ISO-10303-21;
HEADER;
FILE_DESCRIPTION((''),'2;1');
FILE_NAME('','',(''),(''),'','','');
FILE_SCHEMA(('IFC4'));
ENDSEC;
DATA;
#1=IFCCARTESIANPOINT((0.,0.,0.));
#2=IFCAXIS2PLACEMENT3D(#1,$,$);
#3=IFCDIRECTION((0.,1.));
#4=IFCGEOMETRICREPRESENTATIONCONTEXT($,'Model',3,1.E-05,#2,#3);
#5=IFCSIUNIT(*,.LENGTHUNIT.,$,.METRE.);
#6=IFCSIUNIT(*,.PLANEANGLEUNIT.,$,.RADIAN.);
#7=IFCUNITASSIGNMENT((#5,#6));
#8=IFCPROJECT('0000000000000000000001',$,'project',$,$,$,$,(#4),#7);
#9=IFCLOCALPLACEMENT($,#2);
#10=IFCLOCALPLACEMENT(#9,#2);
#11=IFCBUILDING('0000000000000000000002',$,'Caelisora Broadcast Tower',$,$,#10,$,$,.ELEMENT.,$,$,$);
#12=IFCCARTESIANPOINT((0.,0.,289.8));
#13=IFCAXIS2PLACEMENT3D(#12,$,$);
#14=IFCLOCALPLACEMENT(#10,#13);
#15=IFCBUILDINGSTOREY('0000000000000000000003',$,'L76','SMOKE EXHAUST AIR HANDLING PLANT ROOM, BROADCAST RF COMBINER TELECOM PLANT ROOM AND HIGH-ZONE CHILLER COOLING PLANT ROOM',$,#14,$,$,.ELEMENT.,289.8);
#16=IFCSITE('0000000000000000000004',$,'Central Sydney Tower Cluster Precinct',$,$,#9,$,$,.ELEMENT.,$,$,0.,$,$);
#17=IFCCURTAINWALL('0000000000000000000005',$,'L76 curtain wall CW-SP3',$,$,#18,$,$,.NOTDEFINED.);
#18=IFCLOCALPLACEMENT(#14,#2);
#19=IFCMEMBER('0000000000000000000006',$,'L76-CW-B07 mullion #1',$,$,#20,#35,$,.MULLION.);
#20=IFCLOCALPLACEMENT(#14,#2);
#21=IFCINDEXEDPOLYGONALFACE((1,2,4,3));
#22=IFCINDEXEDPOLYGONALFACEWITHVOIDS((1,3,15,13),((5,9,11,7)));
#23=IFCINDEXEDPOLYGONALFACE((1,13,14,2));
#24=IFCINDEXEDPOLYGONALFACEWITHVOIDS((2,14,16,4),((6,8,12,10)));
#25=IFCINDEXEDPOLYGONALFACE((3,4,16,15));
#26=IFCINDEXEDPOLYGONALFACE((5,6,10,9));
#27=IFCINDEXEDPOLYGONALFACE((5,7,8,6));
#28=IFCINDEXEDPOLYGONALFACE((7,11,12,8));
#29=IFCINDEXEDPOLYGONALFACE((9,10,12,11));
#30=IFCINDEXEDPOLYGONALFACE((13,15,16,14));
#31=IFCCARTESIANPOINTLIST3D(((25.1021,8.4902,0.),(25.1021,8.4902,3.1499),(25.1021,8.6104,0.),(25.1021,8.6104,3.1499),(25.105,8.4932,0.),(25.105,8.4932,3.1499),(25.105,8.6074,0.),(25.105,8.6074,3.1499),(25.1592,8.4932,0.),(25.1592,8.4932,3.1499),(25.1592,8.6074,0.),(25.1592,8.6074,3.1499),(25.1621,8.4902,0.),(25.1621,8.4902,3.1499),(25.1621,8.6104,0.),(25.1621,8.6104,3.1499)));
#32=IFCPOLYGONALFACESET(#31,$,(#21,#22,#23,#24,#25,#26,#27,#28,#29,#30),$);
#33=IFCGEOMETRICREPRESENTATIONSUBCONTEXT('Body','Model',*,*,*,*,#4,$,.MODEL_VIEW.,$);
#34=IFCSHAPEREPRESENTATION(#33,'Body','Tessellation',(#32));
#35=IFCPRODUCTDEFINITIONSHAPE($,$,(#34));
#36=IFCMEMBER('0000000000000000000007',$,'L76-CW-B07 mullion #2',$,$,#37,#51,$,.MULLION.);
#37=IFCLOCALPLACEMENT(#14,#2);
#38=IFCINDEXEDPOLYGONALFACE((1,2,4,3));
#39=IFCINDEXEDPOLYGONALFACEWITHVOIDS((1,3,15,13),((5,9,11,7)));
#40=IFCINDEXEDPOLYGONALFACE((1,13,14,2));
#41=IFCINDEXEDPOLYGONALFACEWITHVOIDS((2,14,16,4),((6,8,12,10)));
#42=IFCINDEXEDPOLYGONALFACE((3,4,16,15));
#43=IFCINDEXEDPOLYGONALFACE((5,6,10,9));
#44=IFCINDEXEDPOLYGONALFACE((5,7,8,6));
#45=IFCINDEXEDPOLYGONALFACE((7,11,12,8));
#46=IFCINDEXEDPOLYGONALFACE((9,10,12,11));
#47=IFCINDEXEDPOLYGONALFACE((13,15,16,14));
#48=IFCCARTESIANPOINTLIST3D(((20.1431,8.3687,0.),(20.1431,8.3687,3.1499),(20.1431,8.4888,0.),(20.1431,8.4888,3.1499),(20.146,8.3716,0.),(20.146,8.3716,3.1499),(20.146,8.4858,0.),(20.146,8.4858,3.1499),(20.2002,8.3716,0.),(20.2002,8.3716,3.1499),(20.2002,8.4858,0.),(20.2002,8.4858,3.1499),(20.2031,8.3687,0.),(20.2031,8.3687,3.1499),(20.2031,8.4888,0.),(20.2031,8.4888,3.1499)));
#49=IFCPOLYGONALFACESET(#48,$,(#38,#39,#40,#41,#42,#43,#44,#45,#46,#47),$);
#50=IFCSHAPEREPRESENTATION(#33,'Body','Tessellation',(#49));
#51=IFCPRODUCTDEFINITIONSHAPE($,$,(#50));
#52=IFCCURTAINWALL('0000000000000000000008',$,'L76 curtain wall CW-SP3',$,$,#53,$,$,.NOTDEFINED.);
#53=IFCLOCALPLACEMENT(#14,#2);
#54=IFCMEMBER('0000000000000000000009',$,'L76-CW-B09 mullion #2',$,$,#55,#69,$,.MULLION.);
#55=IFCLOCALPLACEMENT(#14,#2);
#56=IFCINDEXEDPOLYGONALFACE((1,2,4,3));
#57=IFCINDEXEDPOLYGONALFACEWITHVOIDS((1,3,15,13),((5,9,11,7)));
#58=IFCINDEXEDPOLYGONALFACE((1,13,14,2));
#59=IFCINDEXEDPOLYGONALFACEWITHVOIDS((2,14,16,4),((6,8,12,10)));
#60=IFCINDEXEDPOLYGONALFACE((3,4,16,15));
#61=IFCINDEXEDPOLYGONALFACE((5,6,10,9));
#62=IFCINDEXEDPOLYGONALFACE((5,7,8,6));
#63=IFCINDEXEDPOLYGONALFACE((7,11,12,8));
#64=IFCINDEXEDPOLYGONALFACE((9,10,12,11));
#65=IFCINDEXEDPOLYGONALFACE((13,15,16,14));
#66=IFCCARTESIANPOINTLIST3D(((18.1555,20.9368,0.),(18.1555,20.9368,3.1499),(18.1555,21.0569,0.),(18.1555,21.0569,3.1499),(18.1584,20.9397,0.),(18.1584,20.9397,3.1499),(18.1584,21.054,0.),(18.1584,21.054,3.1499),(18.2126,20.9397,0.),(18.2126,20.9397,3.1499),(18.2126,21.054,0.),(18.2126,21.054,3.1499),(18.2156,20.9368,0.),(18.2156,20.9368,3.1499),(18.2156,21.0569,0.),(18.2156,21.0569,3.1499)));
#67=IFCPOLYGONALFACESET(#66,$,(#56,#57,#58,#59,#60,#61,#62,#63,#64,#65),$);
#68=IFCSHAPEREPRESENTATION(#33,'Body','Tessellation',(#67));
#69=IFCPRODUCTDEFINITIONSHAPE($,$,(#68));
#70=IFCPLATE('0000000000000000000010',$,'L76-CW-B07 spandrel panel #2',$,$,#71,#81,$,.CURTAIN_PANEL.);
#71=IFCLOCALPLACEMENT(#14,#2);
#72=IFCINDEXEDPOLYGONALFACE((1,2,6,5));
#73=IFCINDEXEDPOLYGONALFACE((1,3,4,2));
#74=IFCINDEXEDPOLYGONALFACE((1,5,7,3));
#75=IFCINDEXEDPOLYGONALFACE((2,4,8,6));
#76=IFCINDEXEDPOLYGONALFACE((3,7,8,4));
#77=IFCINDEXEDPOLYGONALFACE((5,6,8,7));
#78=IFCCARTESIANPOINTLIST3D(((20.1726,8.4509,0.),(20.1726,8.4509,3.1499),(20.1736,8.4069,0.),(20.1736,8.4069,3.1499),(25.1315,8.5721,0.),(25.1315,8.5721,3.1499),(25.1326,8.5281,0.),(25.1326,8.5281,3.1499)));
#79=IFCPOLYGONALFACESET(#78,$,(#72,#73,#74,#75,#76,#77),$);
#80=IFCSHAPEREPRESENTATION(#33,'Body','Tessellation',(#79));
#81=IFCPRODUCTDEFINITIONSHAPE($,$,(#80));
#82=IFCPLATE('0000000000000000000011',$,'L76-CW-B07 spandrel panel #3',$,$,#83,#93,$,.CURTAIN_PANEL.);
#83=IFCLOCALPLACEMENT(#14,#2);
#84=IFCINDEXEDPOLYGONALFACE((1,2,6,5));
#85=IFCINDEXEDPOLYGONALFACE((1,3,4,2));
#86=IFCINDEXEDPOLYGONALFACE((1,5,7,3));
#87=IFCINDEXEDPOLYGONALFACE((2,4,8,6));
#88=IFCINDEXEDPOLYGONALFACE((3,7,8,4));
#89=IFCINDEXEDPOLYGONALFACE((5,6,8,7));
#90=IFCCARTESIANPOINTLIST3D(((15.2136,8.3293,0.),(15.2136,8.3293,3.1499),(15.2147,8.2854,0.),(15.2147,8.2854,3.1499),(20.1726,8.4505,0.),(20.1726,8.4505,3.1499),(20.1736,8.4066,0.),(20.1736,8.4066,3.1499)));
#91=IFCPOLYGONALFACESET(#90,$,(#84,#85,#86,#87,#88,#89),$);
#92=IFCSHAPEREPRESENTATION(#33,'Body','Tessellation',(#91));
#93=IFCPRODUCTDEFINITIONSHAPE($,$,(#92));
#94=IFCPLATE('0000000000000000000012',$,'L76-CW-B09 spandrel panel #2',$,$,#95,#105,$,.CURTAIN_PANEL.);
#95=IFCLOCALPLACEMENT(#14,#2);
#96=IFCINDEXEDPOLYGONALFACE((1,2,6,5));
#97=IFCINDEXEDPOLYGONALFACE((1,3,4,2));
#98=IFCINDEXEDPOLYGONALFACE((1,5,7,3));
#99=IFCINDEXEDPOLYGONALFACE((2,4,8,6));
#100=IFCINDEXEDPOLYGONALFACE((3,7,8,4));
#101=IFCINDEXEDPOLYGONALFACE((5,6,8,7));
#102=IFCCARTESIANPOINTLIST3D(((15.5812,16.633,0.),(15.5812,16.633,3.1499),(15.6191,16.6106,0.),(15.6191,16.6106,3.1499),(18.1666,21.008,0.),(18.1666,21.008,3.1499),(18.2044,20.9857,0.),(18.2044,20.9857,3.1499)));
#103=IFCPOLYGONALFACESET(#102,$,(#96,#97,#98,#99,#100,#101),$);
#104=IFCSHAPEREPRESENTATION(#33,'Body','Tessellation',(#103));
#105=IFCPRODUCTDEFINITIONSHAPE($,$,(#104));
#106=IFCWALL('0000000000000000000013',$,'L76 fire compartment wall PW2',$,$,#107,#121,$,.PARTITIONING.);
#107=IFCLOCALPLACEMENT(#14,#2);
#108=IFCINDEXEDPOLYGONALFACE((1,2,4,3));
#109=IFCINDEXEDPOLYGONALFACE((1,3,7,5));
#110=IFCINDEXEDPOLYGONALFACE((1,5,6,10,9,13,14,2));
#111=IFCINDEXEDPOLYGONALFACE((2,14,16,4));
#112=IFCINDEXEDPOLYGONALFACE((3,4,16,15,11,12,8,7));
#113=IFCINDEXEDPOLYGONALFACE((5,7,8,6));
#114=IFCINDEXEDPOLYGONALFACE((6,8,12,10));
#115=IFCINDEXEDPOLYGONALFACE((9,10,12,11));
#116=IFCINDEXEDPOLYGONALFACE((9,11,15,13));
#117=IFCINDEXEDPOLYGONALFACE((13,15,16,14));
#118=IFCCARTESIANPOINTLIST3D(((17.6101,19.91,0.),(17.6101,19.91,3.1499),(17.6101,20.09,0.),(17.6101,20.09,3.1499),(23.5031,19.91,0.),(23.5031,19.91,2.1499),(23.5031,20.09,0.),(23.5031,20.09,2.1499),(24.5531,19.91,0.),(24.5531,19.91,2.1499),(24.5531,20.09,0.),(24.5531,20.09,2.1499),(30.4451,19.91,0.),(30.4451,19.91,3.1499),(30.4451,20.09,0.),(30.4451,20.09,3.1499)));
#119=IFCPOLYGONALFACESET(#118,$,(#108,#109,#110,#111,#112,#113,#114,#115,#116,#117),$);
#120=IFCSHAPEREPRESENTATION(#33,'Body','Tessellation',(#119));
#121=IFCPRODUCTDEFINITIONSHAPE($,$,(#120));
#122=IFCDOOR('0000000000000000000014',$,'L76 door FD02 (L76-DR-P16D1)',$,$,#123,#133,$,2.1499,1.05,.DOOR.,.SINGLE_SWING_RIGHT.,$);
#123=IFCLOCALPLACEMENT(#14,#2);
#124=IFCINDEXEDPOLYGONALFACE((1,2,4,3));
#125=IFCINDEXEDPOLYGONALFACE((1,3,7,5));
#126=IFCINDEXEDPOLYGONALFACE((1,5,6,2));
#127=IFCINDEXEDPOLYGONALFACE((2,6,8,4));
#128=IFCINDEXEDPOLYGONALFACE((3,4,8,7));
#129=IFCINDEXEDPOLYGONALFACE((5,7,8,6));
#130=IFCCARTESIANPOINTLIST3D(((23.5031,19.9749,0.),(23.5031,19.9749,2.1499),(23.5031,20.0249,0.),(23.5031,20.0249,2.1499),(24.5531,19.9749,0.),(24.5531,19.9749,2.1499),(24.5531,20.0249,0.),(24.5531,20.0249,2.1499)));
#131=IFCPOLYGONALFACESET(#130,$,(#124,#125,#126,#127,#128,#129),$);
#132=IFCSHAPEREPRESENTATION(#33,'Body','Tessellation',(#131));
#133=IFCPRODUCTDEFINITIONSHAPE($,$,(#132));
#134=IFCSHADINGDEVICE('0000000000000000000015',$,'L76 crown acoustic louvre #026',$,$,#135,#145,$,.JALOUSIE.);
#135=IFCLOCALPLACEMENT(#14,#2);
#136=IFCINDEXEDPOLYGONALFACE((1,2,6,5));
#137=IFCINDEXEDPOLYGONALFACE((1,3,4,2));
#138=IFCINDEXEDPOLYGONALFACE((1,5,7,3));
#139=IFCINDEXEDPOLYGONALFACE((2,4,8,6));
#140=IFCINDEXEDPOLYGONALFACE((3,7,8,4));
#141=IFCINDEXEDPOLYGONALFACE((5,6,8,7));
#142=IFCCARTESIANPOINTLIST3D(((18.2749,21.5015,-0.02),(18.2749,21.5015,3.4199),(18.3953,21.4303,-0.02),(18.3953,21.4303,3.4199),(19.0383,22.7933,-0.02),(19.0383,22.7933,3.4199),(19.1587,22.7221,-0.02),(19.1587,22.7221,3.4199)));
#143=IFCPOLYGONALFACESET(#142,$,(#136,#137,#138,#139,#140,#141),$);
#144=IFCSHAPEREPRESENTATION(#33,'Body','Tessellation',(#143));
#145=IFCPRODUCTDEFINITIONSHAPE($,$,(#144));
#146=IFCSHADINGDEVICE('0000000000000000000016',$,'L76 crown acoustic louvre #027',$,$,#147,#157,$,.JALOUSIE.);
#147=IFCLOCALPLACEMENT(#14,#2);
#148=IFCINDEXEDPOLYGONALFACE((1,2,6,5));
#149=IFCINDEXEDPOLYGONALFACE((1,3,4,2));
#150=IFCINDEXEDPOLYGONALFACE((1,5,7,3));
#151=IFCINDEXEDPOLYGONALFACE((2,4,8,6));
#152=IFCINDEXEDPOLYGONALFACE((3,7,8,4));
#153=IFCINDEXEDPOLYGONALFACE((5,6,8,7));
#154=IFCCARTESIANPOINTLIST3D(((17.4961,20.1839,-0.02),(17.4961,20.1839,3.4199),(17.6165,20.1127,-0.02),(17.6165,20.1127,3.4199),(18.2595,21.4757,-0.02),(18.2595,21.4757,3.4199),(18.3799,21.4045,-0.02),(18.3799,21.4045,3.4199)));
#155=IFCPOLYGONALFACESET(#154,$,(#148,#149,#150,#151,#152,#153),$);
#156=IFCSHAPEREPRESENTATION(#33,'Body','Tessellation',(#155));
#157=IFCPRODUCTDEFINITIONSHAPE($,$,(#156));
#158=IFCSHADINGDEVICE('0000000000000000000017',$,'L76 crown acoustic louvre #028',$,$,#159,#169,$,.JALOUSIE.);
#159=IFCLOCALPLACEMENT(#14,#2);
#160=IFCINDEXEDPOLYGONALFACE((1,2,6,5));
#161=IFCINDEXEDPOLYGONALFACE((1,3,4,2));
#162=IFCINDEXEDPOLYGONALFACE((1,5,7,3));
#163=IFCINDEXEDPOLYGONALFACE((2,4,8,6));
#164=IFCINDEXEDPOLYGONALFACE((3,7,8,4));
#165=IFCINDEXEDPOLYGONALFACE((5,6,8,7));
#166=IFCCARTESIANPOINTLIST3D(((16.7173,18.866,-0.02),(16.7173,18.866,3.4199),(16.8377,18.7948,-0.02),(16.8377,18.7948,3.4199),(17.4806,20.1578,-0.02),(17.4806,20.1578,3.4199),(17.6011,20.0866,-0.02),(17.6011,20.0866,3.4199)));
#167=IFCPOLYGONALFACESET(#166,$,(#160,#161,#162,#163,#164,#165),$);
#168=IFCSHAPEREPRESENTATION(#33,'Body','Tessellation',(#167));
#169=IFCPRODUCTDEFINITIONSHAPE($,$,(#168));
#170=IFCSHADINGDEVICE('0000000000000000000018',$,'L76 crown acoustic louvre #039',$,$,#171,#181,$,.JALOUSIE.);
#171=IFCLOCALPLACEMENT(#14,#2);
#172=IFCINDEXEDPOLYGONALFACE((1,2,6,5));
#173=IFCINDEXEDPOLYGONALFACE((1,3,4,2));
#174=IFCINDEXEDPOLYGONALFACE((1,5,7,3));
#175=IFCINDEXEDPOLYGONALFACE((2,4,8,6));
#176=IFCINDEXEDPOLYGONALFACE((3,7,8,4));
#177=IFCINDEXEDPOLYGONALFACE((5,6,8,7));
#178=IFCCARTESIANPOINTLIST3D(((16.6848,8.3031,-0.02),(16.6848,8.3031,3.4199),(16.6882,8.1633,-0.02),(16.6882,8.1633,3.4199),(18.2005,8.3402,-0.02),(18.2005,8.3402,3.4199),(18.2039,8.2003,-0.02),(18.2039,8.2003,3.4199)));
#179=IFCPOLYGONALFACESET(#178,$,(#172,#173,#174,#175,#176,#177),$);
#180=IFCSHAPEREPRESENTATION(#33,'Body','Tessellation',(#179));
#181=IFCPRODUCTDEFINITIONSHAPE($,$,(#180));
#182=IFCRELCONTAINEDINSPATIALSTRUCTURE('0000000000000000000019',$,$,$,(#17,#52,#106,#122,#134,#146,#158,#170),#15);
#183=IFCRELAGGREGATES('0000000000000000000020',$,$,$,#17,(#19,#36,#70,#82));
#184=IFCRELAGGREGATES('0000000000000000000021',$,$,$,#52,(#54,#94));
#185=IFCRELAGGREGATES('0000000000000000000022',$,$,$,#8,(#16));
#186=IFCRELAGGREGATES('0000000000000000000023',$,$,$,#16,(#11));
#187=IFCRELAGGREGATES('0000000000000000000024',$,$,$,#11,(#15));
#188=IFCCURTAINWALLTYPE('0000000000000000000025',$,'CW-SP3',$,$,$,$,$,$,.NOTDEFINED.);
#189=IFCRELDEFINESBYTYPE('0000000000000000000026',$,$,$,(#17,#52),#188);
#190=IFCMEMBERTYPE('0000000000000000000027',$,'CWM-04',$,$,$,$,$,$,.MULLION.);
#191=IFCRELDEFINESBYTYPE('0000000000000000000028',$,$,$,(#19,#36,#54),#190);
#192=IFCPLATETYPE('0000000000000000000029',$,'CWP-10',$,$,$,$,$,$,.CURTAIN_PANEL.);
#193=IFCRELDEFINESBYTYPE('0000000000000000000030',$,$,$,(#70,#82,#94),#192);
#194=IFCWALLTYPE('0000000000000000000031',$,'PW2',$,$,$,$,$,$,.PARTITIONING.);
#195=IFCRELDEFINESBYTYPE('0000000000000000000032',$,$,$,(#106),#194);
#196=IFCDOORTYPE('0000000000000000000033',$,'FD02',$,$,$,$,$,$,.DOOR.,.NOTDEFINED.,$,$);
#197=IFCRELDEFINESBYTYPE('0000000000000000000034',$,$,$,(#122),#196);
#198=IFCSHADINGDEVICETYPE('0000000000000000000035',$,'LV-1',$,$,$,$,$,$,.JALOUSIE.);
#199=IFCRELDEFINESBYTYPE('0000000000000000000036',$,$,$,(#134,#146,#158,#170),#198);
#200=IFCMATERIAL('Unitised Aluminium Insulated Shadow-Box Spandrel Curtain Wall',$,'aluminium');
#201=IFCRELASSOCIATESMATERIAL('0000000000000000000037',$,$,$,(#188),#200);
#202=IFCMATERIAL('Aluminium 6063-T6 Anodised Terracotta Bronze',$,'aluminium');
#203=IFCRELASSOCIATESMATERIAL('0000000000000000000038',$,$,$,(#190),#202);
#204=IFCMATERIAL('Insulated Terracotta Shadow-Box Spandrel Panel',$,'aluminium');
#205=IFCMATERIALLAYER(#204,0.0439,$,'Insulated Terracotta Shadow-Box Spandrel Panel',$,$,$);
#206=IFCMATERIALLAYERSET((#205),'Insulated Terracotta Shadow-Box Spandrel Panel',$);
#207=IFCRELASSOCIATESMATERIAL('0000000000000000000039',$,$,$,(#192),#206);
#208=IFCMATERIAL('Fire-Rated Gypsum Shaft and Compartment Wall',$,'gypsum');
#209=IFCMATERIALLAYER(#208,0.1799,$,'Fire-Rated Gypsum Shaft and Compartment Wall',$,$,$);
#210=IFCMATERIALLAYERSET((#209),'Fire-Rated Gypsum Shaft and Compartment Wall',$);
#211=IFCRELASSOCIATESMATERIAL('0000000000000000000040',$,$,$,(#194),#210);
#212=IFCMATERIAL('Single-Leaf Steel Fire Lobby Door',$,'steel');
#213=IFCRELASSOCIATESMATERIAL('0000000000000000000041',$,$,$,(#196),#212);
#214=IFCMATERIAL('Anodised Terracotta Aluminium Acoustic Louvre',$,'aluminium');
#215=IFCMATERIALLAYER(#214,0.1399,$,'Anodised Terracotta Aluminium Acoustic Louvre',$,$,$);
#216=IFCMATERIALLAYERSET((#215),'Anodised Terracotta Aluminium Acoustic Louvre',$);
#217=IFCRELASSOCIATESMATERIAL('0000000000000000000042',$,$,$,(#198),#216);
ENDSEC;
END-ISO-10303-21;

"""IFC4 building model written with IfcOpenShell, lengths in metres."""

from ifc_helpers import new_model, si_unit, direction, frame, frame_2d, origin, origin_2d, place, context, subcontext, project, spatial, rectangle, hollow_rectangle, extrude, source, transform, mapped, material, layer, layer_set, material_profile, profile_set, type_object, type_shapes, element, fill, aggregate, save


model = new_model("IFC4")

# Units and contexts
model_context = context("Model", 3, precision=1e-05, world=origin(), true_north=direction((0.0, 1.0)))
body_context = subcontext(model_context, "Body", "Model", "MODEL_VIEW")
ifc_project = project(units=[si_unit("LENGTHUNIT", "METRE"), si_unit("PLANEANGLEUNIT", "RADIAN")], contexts=[model_context])

# Site, building, storey
site_placement = place(None, origin())
site = spatial("IfcSite", under=ifc_project, at=site_placement, Name="Central Sydney Tower Cluster Precinct", CompositionType="ELEMENT", RefElevation=0.0)
building_placement = place(site_placement, origin())
building = spatial("IfcBuilding", under=site, at=building_placement, Name="Caelisora Broadcast Tower", CompositionType="ELEMENT")
storey_placement = place(building_placement, frame((0.0, 0.0, 289.8)))
storey = spatial("IfcBuildingStorey", under=building, at=storey_placement, Name="L76", Description="SMOKE EXHAUST AIR HANDLING PLANT ROOM, BROADCAST RF COMBINER TELECOM PLANT ROOM AND HIGH-ZONE CHILLER COOLING PLANT ROOM", CompositionType="ELEMENT", Elevation=289.8)

# Curtain wall, members
ifc_material_1 = material(Name="Unitised Aluminium Insulated Shadow-Box Spandrel Curtain Wall", Category="aluminium")
curtain_wall_type = type_object("IfcCurtainWallType", Name="CW-SP3", PredefinedType="NOTDEFINED", material=ifc_material_1)
curtain_wall_1_placement = place(storey_placement, origin())
curtain_wall_1 = element("IfcCurtainWall", 1, at=curtain_wall_1_placement, inside=storey, type_object=curtain_wall_type, Name="L76 curtain wall CW-SP3", PredefinedType="NOTDEFINED")
ifc_material_2 = material(Name="Aluminium 6063-T6 Anodised Terracotta Bronze", Category="aluminium")
ifc_material_profile_1 = material_profile(ifc_material_2, hollow_rectangle(XDim=0.0601, YDim=0.1201, WallThickness=0.0029, at=origin_2d()), Name="Aluminium 6063-T6 Anodised Terracotta Bronze")
ifc_profile_set_1 = profile_set([ifc_material_profile_1], Name="Aluminium 6063-T6 Anodised Terracotta Bronze")
member_type = type_object("IfcMemberType", Name="CWM-04", PredefinedType="MULLION", material=ifc_profile_set_1)
shared_shape_1 = source(origin(), body_context, "Body", "SweptSolid", [
    extrude(hollow_rectangle(XDim=0.0601, YDim=0.1201, WallThickness=0.0029, at=origin_2d()), origin(), (0.0, 0.0, 1.0), 3.1499),
])
type_shapes(member_type, [shared_shape_1])
member_1_placement = place(storey_placement, frame((25.1321, 8.5503, 0.0), z_axis=(0.0, 0.0, 1.0), x_axis=(1.0, 0.0, 0.0)))
member_1 = element("IfcMember", 2, at=member_1_placement, type_object=member_type, Name="L76-CW-B07 mullion #1", PredefinedType="MULLION", context=body_context, shape_type="MappedRepresentation", body=[
    mapped(shared_shape_1, transform((0.0, 0.0, 0.0), scale=1.0)),
])
member_2_placement = place(storey_placement, frame((20.1731, 8.4287, 0.0), z_axis=(0.0, 0.0, 1.0), x_axis=(1.0, 0.0, 0.0)))
member_2 = element("IfcMember", 3, at=member_2_placement, type_object=member_type, Name="L76-CW-B07 mullion #2", PredefinedType="MULLION", context=body_context, shape_type="MappedRepresentation", body=[
    mapped(shared_shape_1, transform((0.0, 0.0, 0.0), scale=1.0)),
])

# Curtain wall, member
curtain_wall_2_placement = place(storey_placement, origin())
curtain_wall_2 = element("IfcCurtainWall", 4, at=curtain_wall_2_placement, inside=storey, type_object=curtain_wall_type, Name="L76 curtain wall CW-SP3", PredefinedType="NOTDEFINED")
member_3_placement = place(storey_placement, frame((18.1855, 20.9968, 0.0), z_axis=(0.0, 0.0, 1.0), x_axis=(1.0, 0.0, 0.0)))
member_3 = element("IfcMember", 5, at=member_3_placement, type_object=member_type, Name="L76-CW-B09 mullion #2", PredefinedType="MULLION", context=body_context, shape_type="MappedRepresentation", body=[
    mapped(shared_shape_1, transform((0.0, 0.0, 0.0), scale=1.0)),
])

# Plates
ifc_material_3 = material(Name="Insulated Terracotta Shadow-Box Spandrel Panel", Category="aluminium")
ifc_layer_1 = layer(ifc_material_3, 0.0439, Name="Insulated Terracotta Shadow-Box Spandrel Panel")
ifc_layer_set_1 = layer_set([ifc_layer_1], Name="Insulated Terracotta Shadow-Box Spandrel Panel")
plate_type = type_object("IfcPlateType", Name="CWP-10", PredefinedType="CURTAIN_PANEL", material=ifc_layer_set_1)
shared_shape_2 = source(origin(), body_context, "Body", "SweptSolid", [
    extrude(rectangle(XDim=4.9604, YDim=0.0439, at=origin_2d()), origin(), (0.0, 0.0, 1.0), 3.1499),
])
plate_1_placement = place(storey_placement, frame((22.6526, 8.4895, 0.0), z_axis=(0.0, 0.0, 1.0), x_axis=(-0.999701, -0.024432, 0.0)))
plate_1 = element("IfcPlate", 6, at=plate_1_placement, type_object=plate_type, Name="L76-CW-B07 spandrel panel #2", PredefinedType="CURTAIN_PANEL", context=body_context, shape_type="MappedRepresentation", body=[
    mapped(shared_shape_2, transform((0.0, 0.0, 0.0), scale=1.0)),
])
plate_2_placement = place(storey_placement, frame((17.6936, 8.3679, 0.0), z_axis=(0.0, 0.0, 1.0), x_axis=(-0.999701, -0.024432, 0.0)))
plate_2 = element("IfcPlate", 7, at=plate_2_placement, type_object=plate_type, Name="L76-CW-B07 spandrel panel #3", PredefinedType="CURTAIN_PANEL", context=body_context, shape_type="MappedRepresentation", body=[
    mapped(shared_shape_2, transform((0.0, 0.0, 0.0), scale=1.0)),
])
aggregate(curtain_wall_1, [member_1, member_2, plate_1, plate_2])
shared_shape_3 = source(origin(), body_context, "Body", "SweptSolid", [
    extrude(rectangle(XDim=5.0818, YDim=0.0439, at=origin_2d()), origin(), (0.0, 0.0, 1.0), 3.1499),
])
type_shapes(plate_type, [shared_shape_2, shared_shape_3])
plate_3_placement = place(storey_placement, frame((16.8928, 18.8093, 0.0), z_axis=(0.0, 0.0, 1.0), x_axis=(0.508741, 0.86092, 0.0)))
plate_3 = element("IfcPlate", 8, at=plate_3_placement, type_object=plate_type, Name="L76-CW-B09 spandrel panel #2", PredefinedType="CURTAIN_PANEL", context=body_context, shape_type="MappedRepresentation", body=[
    mapped(shared_shape_3, transform((0.0, 0.0, 0.0), scale=1.0)),
])
aggregate(curtain_wall_2, [member_3, plate_3])

# Wall, opening, door
ifc_material_4 = material(Name="Fire-Rated Gypsum Shaft and Compartment Wall", Category="gypsum")
ifc_layer_2 = layer(ifc_material_4, 0.1799, Name="Fire-Rated Gypsum Shaft and Compartment Wall")
ifc_layer_set_2 = layer_set([ifc_layer_2], Name="Fire-Rated Gypsum Shaft and Compartment Wall")
wall_type = type_object("IfcWallType", Name="PW2", PredefinedType="PARTITIONING", material=ifc_layer_set_2)
wall_placement = place(storey_placement, frame((17.6101, 20.0, 0.0), z_axis=(0.0, 0.0, 1.0), x_axis=(1.0, 0.0, 0.0)))
wall = element("IfcWall", 9, at=wall_placement, inside=storey, type_object=wall_type, Name="L76 fire compartment wall PW2", PredefinedType="PARTITIONING", context=body_context, shape_type="SweptSolid", body=[
    extrude(rectangle(XDim=12.835, YDim=0.1799, at=frame_2d((6.4175, 0.0))), origin(), (0.0, 0.0, 1.0), 3.1499),
])
opening_placement = place(wall_placement, frame((5.8931, 0.0, 0.0)))
opening = element("IfcOpeningElement", 10, at=opening_placement, cuts=wall, PredefinedType="OPENING", context=body_context, shape_type="SweptSolid", body=[
    extrude(rectangle(XDim=1.05, YDim=2.1499, at=frame_2d((0.5249, 1.075))), frame((0.0, 0.1021, 0.0), z_axis=(0.0, -1.0, 0.0), x_axis=(1.0, 0.0, 0.0)), (0.0, 0.0, 1.0), 0.2039),
])
ifc_material_5 = material(Name="Single-Leaf Steel Fire Lobby Door", Category="steel")
door_type = type_object("IfcDoorType", Name="FD02", OperationType="NOTDEFINED", PredefinedType="DOOR", material=ifc_material_5)
door_placement = place(opening_placement, origin())
door = element("IfcDoor", 11, at=door_placement, inside=storey, type_object=door_type, Name="L76 door FD02 (L76-DR-P16D1)", OperationType="SINGLE_SWING_RIGHT", OverallHeight=2.1499, OverallWidth=1.05, PredefinedType="DOOR", context=body_context, shape_type="SweptSolid", body=[
    extrude(rectangle(XDim=1.05, YDim=2.1499, at=frame_2d((0.5249, 1.075))), frame((0.0, 0.0249, 0.0), z_axis=(0.0, -1.0, 0.0), x_axis=(1.0, 0.0, 0.0)), (0.0, 0.0, 1.0), 0.05),
])
fill(opening, door)

# Shading devices
ifc_material_6 = material(Name="Anodised Terracotta Aluminium Acoustic Louvre", Category="aluminium")
ifc_layer_3 = layer(ifc_material_6, 0.1399, Name="Anodised Terracotta Aluminium Acoustic Louvre")
ifc_layer_set_3 = layer_set([ifc_layer_3], Name="Anodised Terracotta Aluminium Acoustic Louvre")
shading_device_type = type_object("IfcShadingDeviceType", Name="LV-1", PredefinedType="JALOUSIE", material=ifc_layer_set_3)
shared_shape_4 = source(origin(), body_context, "Body", "SweptSolid", [
    extrude(rectangle(XDim=1.5005, YDim=0.1399, at=origin_2d()), origin(), (0.0, 0.0, 1.0), 3.4399),
])
for number, where, z_axis, x_axis, name in (
    (12, (18.7168, 22.1118, -0.02), (0.0, 0.0, 1.0), (-0.508741, -0.86092, 0.0), "L76 crown acoustic louvre #026"),
    (13, (17.938, 20.7942, -0.02), (0.0, 0.0, 1.0), (-0.508741, -0.86092, 0.0), "L76 crown acoustic louvre #027"),
    (14, (17.1592, 19.4763, -0.02), (0.0, 0.0, 1.0), (-0.508741, -0.86092, 0.0), "L76 crown acoustic louvre #028"),
):
    element("IfcShadingDevice", number, at=place(storey_placement, frame(where, z_axis=z_axis, x_axis=x_axis)), inside=storey, type_object=shading_device_type, Name=name, PredefinedType="JALOUSIE", context=body_context, shape_type="MappedRepresentation", body=[
        mapped(shared_shape_4, transform((0.0, 0.0, 0.0), scale=1.0)),
    ])
shared_shape_5 = source(origin(), body_context, "Body", "SweptSolid", [
    extrude(rectangle(XDim=1.5161, YDim=0.1399, at=origin_2d()), origin(), (0.0, 0.0, 1.0), 3.4399),
])
type_shapes(shading_device_type, [shared_shape_4, shared_shape_5])
for number, where, z_axis, x_axis, name in (
    (15, (17.4443, 8.2517, -0.02), (0.0, 0.0, 1.0), (0.999701, 0.024432, 0.0), "L76 crown acoustic louvre #039"),
):
    element("IfcShadingDevice", number, at=place(storey_placement, frame(where, z_axis=z_axis, x_axis=x_axis)), inside=storey, type_object=shading_device_type, Name=name, PredefinedType="JALOUSIE", context=body_context, shape_type="MappedRepresentation", body=[
        mapped(shared_shape_5, transform((0.0, 0.0, 0.0), scale=1.0)),
    ])

save(model, "model.ifc")
